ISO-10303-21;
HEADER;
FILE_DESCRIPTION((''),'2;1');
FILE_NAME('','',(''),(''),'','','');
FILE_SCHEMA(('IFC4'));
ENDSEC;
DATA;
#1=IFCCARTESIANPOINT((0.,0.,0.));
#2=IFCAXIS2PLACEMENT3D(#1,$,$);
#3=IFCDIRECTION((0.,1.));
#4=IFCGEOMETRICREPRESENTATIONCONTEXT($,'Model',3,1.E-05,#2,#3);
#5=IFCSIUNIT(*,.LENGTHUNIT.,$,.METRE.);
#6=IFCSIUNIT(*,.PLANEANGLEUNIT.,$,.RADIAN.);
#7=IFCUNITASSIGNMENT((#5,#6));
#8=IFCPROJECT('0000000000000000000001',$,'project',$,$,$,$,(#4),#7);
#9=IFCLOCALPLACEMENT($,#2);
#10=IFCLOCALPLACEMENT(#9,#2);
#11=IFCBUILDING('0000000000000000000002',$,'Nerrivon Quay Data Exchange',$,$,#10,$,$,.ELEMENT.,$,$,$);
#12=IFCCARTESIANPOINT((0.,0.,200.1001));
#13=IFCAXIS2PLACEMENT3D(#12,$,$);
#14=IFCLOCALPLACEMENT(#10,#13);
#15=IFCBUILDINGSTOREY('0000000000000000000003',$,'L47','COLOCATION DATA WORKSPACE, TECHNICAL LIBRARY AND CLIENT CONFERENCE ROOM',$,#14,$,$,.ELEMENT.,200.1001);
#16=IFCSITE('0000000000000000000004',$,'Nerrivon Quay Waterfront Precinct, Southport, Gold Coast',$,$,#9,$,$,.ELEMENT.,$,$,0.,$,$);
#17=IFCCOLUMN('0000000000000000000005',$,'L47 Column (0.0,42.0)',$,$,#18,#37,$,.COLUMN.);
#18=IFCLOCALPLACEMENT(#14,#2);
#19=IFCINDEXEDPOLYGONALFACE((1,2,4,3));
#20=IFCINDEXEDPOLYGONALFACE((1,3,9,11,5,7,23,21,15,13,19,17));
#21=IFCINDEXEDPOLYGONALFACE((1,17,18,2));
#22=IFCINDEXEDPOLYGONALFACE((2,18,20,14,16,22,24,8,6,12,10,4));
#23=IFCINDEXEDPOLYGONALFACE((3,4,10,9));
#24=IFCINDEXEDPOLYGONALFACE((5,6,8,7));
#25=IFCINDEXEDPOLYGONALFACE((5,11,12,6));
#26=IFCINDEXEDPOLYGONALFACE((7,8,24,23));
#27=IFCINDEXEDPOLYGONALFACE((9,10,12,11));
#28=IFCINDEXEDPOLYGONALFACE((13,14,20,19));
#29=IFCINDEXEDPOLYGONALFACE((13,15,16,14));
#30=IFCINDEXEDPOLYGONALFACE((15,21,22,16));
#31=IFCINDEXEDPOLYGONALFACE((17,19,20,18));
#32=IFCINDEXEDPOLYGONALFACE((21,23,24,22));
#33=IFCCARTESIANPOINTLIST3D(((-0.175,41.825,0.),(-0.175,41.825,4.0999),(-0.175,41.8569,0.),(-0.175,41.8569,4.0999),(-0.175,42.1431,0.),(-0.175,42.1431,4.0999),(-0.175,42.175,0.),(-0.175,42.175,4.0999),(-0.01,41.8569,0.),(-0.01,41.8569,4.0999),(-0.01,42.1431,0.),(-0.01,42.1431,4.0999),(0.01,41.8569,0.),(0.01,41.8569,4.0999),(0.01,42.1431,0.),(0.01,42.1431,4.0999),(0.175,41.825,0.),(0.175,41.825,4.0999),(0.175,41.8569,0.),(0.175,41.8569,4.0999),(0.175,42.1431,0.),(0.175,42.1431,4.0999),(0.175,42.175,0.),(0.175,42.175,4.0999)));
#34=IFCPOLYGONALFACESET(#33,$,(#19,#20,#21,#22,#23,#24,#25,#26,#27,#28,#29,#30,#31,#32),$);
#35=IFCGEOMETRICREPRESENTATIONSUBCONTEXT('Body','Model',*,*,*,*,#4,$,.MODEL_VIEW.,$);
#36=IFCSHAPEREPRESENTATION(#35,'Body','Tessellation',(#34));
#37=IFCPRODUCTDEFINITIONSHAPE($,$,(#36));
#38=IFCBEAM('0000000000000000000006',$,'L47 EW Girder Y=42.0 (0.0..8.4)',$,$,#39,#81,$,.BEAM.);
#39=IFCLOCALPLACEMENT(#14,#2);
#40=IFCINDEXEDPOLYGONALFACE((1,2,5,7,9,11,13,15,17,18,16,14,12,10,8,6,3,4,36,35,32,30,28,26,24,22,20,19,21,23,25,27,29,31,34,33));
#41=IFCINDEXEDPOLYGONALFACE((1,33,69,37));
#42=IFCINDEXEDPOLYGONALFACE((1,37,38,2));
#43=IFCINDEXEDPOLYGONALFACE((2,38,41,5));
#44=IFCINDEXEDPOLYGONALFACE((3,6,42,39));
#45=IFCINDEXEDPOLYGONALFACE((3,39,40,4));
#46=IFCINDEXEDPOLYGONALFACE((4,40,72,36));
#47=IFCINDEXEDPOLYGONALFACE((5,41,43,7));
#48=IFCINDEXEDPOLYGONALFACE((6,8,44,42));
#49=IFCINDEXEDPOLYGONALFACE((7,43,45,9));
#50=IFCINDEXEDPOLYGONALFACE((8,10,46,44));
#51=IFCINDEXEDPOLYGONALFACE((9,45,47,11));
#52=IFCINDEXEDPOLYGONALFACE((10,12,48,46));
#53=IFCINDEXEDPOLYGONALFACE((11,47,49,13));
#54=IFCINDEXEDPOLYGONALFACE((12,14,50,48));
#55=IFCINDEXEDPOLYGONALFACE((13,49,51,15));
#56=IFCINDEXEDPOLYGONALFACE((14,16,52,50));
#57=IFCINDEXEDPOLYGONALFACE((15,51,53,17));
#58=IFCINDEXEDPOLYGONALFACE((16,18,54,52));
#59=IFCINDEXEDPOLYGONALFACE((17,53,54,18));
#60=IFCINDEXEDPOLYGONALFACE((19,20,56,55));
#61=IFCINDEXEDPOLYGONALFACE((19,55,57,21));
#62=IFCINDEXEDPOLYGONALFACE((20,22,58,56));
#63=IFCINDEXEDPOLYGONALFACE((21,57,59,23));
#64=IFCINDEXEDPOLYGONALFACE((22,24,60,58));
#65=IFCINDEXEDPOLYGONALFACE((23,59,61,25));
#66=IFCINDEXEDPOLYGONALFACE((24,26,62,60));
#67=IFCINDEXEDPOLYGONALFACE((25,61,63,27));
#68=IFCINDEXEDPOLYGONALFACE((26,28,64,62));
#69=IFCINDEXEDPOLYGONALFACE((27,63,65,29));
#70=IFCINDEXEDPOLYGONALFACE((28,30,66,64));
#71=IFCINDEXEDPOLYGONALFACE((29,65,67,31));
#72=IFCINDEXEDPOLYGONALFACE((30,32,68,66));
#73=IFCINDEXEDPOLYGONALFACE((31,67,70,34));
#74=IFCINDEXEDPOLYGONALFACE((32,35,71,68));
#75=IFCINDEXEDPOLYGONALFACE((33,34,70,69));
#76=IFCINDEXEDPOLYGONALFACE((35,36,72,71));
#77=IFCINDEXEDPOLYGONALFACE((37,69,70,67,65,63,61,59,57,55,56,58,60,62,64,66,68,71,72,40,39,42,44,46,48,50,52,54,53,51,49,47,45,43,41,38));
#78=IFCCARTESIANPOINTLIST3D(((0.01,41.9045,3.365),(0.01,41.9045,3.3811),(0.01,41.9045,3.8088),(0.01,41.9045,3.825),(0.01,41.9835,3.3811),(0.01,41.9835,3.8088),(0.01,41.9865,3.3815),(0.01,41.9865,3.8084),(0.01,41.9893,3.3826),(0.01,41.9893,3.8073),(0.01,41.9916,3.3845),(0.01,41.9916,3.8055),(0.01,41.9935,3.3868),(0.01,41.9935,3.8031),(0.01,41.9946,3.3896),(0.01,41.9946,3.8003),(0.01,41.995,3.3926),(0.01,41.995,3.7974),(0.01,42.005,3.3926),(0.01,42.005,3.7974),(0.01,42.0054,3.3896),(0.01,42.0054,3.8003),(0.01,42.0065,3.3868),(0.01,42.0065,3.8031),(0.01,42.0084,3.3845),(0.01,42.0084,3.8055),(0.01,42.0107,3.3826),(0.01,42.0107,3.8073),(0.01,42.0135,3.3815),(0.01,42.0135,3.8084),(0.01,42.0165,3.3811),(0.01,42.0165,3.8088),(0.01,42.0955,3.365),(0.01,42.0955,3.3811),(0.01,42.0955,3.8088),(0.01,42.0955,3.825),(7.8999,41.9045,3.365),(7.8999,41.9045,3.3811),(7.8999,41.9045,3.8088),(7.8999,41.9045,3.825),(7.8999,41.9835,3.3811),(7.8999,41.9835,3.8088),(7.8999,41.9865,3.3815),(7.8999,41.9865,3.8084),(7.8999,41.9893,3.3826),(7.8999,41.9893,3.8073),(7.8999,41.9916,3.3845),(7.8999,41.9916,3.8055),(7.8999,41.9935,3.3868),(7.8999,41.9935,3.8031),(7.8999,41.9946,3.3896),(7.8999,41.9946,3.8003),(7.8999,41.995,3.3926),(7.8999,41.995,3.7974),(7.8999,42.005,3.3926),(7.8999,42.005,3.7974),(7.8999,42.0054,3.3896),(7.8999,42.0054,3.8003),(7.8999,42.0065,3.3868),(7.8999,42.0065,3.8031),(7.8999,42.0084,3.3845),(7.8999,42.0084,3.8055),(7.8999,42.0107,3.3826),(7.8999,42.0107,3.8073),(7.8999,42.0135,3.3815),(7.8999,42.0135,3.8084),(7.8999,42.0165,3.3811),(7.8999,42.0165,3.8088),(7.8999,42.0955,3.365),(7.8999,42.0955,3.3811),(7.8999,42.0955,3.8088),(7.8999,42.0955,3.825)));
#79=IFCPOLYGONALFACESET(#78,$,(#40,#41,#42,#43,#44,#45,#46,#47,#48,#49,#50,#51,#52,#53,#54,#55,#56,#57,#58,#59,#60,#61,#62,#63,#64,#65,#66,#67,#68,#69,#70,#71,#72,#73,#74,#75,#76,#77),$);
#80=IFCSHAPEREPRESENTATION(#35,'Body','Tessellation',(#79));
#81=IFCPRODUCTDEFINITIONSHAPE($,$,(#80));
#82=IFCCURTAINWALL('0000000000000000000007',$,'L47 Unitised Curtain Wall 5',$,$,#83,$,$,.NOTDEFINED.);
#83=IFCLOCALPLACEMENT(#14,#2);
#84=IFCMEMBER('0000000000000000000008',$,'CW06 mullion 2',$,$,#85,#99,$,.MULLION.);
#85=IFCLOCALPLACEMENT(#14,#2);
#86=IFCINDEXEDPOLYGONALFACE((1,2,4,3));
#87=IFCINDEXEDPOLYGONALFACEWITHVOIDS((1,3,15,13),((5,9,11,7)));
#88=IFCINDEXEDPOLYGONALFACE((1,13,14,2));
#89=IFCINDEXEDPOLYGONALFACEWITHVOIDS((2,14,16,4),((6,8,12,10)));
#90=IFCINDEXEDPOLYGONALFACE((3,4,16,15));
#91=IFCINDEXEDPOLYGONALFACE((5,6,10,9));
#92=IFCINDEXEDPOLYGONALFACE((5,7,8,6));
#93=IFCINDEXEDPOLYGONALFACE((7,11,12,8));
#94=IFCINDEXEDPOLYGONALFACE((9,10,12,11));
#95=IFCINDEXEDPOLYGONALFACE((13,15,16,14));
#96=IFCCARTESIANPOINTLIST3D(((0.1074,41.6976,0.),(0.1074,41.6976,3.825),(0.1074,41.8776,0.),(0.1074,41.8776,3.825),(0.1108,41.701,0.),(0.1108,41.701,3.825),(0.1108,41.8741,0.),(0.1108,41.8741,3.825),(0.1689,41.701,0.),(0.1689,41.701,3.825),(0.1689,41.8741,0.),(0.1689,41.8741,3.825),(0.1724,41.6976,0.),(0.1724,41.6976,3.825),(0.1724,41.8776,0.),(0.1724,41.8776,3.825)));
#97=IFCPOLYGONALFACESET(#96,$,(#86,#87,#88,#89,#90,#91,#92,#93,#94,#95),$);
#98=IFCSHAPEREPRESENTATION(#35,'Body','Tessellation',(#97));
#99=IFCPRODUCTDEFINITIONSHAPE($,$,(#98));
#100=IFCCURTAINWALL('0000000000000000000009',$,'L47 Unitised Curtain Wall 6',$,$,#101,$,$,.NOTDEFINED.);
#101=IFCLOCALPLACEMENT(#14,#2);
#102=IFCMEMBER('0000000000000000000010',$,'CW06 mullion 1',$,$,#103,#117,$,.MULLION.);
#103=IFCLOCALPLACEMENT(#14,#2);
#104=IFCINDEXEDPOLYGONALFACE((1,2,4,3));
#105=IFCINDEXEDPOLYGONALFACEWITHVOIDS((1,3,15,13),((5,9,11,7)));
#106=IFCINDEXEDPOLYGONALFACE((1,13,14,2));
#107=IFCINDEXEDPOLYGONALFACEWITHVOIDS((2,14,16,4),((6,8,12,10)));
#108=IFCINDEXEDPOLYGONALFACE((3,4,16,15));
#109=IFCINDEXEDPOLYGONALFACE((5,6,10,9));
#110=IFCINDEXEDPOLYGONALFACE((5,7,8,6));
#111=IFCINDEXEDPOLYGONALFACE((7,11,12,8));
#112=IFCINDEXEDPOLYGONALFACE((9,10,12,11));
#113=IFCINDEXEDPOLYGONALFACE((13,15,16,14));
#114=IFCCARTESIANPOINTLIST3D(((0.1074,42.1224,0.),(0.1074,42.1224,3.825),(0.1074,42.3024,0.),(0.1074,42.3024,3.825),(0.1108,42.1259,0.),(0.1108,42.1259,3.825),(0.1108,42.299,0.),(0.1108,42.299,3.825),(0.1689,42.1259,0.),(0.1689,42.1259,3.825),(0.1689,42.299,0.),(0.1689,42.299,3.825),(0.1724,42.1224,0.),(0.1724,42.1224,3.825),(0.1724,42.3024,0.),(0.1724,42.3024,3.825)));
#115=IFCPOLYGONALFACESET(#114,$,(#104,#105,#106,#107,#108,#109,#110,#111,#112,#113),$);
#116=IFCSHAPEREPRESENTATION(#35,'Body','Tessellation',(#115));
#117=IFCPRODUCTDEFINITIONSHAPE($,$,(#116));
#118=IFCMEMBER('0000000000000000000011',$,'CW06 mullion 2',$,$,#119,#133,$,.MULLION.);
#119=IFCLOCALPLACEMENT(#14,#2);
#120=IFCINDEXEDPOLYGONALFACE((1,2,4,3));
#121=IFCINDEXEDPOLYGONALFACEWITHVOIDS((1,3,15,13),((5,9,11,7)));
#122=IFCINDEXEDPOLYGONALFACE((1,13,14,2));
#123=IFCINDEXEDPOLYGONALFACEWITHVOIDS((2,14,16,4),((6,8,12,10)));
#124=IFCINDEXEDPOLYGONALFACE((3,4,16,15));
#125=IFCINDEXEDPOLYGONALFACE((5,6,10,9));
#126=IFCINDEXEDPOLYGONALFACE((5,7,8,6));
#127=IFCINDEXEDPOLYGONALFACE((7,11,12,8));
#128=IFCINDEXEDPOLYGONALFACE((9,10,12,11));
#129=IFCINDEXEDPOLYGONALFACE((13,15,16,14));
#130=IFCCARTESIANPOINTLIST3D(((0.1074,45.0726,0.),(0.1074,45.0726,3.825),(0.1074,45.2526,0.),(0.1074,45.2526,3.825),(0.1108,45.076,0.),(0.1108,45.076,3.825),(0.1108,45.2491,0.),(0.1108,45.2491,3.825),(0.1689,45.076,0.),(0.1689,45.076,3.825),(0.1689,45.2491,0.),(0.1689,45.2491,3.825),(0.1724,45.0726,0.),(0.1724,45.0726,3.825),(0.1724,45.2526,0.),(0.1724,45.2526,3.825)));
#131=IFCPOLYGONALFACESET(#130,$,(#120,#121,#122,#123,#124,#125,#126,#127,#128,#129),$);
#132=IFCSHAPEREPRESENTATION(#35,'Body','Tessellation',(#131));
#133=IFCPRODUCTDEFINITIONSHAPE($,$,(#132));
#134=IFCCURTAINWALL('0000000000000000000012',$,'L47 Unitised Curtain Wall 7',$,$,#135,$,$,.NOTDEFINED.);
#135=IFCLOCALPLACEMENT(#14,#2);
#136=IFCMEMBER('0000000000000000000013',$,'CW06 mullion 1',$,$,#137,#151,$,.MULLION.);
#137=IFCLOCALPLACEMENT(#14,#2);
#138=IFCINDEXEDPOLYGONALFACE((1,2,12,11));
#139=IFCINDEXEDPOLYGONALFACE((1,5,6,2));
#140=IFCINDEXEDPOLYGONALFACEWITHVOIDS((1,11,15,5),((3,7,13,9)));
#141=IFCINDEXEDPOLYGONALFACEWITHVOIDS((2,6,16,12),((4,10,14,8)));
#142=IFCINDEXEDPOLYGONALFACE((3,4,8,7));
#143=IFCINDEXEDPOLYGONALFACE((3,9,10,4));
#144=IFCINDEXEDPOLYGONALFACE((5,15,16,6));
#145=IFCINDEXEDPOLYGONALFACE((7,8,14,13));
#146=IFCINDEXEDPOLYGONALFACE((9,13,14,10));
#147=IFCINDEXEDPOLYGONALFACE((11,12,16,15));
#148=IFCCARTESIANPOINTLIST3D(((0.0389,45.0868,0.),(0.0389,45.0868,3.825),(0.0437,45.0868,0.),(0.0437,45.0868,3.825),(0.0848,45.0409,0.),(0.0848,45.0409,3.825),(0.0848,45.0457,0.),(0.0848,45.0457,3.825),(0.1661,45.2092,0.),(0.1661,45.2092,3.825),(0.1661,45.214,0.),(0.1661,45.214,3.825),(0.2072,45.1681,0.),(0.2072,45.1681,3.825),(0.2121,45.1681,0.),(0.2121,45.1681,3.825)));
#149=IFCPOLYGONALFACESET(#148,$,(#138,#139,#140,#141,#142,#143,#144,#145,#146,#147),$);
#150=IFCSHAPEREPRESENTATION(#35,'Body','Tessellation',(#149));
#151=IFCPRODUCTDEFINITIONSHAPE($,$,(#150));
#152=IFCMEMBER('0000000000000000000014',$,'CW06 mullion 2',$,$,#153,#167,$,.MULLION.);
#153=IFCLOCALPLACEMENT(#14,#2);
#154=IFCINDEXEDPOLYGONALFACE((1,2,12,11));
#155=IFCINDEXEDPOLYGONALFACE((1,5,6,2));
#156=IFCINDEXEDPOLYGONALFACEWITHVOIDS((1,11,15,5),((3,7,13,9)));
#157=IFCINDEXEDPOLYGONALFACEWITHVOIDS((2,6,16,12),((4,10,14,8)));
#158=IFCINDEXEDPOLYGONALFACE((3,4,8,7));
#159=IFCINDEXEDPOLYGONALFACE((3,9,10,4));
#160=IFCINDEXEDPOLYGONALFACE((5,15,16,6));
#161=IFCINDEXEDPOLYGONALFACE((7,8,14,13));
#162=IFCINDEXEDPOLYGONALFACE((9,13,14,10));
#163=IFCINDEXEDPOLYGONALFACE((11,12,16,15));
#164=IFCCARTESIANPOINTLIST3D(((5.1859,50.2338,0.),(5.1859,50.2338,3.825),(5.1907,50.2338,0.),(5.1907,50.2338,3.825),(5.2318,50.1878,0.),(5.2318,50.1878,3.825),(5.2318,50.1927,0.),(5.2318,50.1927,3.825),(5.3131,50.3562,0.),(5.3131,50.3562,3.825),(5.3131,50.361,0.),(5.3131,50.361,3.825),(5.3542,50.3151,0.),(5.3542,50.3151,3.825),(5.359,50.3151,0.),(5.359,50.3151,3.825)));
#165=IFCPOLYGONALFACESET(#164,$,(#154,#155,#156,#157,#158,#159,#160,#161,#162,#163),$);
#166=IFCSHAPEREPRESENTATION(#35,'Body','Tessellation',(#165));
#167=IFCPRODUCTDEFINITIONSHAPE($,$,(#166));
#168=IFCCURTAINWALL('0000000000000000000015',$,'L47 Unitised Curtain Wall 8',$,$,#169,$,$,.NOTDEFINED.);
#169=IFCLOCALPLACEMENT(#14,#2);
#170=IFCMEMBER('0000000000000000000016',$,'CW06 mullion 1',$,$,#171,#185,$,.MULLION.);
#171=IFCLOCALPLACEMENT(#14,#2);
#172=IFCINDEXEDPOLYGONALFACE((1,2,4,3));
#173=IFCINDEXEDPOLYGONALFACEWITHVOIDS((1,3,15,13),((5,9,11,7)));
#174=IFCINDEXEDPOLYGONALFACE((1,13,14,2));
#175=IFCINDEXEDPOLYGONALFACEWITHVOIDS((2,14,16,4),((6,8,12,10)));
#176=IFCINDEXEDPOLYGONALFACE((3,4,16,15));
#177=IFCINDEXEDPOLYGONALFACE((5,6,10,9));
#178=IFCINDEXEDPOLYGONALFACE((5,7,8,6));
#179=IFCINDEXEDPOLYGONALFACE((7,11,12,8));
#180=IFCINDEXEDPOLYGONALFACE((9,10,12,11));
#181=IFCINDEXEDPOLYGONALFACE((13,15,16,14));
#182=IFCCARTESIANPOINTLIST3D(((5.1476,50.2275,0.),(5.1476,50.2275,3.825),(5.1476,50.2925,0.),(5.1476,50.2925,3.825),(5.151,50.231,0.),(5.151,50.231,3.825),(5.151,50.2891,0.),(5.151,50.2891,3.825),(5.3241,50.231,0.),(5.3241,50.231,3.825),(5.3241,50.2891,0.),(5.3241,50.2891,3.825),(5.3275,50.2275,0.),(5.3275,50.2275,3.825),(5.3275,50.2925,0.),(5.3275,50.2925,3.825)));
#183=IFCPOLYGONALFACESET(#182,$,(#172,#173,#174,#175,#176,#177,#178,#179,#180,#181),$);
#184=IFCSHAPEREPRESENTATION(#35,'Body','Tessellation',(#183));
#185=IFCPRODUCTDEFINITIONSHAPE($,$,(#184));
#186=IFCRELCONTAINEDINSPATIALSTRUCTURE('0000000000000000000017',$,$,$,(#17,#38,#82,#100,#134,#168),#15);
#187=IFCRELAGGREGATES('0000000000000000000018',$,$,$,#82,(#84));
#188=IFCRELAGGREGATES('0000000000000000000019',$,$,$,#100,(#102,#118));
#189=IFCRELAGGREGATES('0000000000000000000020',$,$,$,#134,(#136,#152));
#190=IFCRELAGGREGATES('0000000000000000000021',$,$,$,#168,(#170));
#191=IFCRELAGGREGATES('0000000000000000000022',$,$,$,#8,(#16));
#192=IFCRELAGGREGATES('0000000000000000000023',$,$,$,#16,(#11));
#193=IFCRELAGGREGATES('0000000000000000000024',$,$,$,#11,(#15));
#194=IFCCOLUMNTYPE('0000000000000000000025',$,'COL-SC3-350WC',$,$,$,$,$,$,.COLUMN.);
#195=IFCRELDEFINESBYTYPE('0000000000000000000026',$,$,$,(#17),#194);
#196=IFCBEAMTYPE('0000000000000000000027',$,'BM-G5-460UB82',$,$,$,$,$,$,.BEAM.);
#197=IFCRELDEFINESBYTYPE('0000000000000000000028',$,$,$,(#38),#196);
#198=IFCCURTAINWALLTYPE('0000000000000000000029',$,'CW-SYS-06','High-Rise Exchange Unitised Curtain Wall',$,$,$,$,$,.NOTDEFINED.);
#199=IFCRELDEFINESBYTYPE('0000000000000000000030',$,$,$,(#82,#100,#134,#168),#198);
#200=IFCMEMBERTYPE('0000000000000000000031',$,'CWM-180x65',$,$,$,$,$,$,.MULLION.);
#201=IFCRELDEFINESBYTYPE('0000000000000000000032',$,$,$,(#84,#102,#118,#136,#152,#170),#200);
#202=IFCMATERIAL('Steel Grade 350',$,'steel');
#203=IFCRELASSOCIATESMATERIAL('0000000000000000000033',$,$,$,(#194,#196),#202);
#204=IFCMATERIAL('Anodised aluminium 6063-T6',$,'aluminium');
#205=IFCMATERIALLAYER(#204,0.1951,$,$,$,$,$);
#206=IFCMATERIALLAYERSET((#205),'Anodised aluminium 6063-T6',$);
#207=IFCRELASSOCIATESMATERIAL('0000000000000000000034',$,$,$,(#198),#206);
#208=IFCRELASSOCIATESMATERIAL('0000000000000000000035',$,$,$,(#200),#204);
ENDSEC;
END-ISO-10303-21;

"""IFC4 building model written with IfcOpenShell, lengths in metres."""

from ifc_helpers import new_model, si_unit, direction, frame, origin, origin_2d, place, context, subcontext, project, spatial, hollow_rectangle, i_section, extrude, material, layer, layer_set, material_profile, profile_set, type_object, element, aggregate, save


model = new_model("IFC4")

# Units and contexts
model_context = context("Model", 3, precision=1e-05, world=origin(), true_north=direction((0.0, 1.0)))
body_context = subcontext(model_context, "Body", "Model", "MODEL_VIEW")
ifc_project = project(units=[si_unit("LENGTHUNIT", "METRE"), si_unit("PLANEANGLEUNIT", "RADIAN")], contexts=[model_context])

# Site, building, storey
site_placement = place(None, origin())
site = spatial("IfcSite", under=ifc_project, at=site_placement, Name="Nerrivon Quay Waterfront Precinct, Southport, Gold Coast", CompositionType="ELEMENT", RefElevation=0.0)
building_placement = place(site_placement, origin())
building = spatial("IfcBuilding", under=site, at=building_placement, Name="Nerrivon Quay Data Exchange", CompositionType="ELEMENT")
storey_placement = place(building_placement, frame((0.0, 0.0, 200.1001)))
storey = spatial("IfcBuildingStorey", under=building, at=storey_placement, Name="L47", Description="COLOCATION DATA WORKSPACE, TECHNICAL LIBRARY AND CLIENT CONFERENCE ROOM", CompositionType="ELEMENT", Elevation=200.1001)

# Column
ifc_material_1 = material(Name="Steel Grade 350", Category="steel")
ifc_material_profile_1 = material_profile(ifc_material_1, i_section(OverallWidth=0.3501, OverallDepth=0.3501, WebThickness=0.02, FlangeThickness=0.032, at=origin_2d()), Name="350WC230")
ifc_profile_set_1 = profile_set([ifc_material_profile_1], Name="Steel Grade 350")
column_type = type_object("IfcColumnType", Name="COL-SC3-350WC", PredefinedType="COLUMN", material=ifc_profile_set_1)
column_placement = place(storey_placement, frame((0.0, 42.0, 0.0), z_axis=(0.0, 0.0, 1.0), x_axis=(1.0, 0.0, 0.0)))
element("IfcColumn", 1, at=column_placement, inside=storey, type_object=column_type, Name="L47 Column (0.0,42.0)", PredefinedType="COLUMN", context=body_context, shape_type="SweptSolid", body=[
    extrude(i_section(OverallWidth=0.3501, OverallDepth=0.3501, WebThickness=0.02, FlangeThickness=0.032, at=origin_2d()), origin(), (0.0, 0.0, 1.0), 4.0999),
])

# Beam
ifc_material_profile_2 = material_profile(ifc_material_1, i_section(OverallWidth=0.1909, OverallDepth=0.46, WebThickness=0.01, FlangeThickness=0.0161, FilletRadius=0.0115, at=origin_2d()), Name="460UB82.1")
ifc_profile_set_2 = profile_set([ifc_material_profile_2], Name="Steel Grade 350")
beam_type = type_object("IfcBeamType", Name="BM-G5-460UB82", PredefinedType="BEAM", material=ifc_profile_set_2)
beam_placement = place(storey_placement, frame((0.01, 42.0, 3.595), z_axis=(1.0, 0.0, 0.0), x_axis=(0.0, 1.0, 0.0)))
element("IfcBeam", 2, at=beam_placement, inside=storey, type_object=beam_type, Name="L47 EW Girder Y=42.0 (0.0..8.4)", PredefinedType="BEAM", context=body_context, shape_type="SweptSolid", body=[
    extrude(i_section(OverallWidth=0.1909, OverallDepth=0.46, WebThickness=0.01, FlangeThickness=0.0161, FilletRadius=0.0115, at=origin_2d()), origin(), (0.0, 0.0, 1.0), 7.8899),
])

# Curtain wall, member
ifc_material_2 = material(Name="Anodised aluminium 6063-T6", Category="aluminium")
ifc_layer_1 = layer(ifc_material_2, 0.1951)
ifc_layer_set_1 = layer_set([ifc_layer_1], Name="Anodised aluminium 6063-T6")
curtain_wall_type = type_object("IfcCurtainWallType", Name="CW-SYS-06", Description="High-Rise Exchange Unitised Curtain Wall", PredefinedType="NOTDEFINED", material=ifc_layer_set_1)
curtain_wall_1_placement = place(storey_placement, origin())
curtain_wall_1 = element("IfcCurtainWall", 3, at=curtain_wall_1_placement, inside=storey, type_object=curtain_wall_type, Name="L47 Unitised Curtain Wall 5", PredefinedType="NOTDEFINED")
ifc_material_profile_3 = material_profile(ifc_material_2, hollow_rectangle(XDim=0.0649, YDim=0.1799, WallThickness=0.0034, at=origin_2d()), Name="ALU-MULL-180x65")
ifc_profile_set_3 = profile_set([ifc_material_profile_3], Name="Anodised aluminium 6063-T6")
member_type_1 = type_object("IfcMemberType", Name="CWM-180x65", PredefinedType="MULLION", material=ifc_profile_set_3)
member_1_placement = place(storey_placement, frame((0.1399, 41.7876, 0.0), z_axis=(0.0, 0.0, 1.0), x_axis=(-1.0, 0.0, 0.0)))
member_1 = element("IfcMember", 4, at=member_1_placement, type_object=member_type_1, Name="CW06 mullion 2", PredefinedType="MULLION", context=body_context, shape_type="SweptSolid", body=[
    extrude(hollow_rectangle(XDim=0.0649, YDim=0.1799, WallThickness=0.0034, at=origin_2d()), origin(), (0.0, 0.0, 1.0), 3.825),
])

# Curtain walls, members
curtain_wall_2_placement = place(storey_placement, origin())
curtain_wall_2 = element("IfcCurtainWall", 5, at=curtain_wall_2_placement, inside=storey, type_object=curtain_wall_type, Name="L47 Unitised Curtain Wall 6", PredefinedType="NOTDEFINED")
member_2_placement = place(storey_placement, frame((0.1399, 42.2124, 0.0), z_axis=(0.0, 0.0, 1.0), x_axis=(-1.0, 0.0, 0.0)))
member_2 = element("IfcMember", 6, at=member_2_placement, type_object=member_type_1, Name="CW06 mullion 1", PredefinedType="MULLION", context=body_context, shape_type="SweptSolid", body=[
    extrude(hollow_rectangle(XDim=0.0649, YDim=0.1799, WallThickness=0.0034, at=origin_2d()), origin(), (0.0, 0.0, 1.0), 3.825),
])
member_3_placement = place(storey_placement, frame((0.1399, 45.1626, 0.0), z_axis=(0.0, 0.0, 1.0), x_axis=(-1.0, 0.0, 0.0)))
member_3 = element("IfcMember", 7, at=member_3_placement, type_object=member_type_1, Name="CW06 mullion 2", PredefinedType="MULLION", context=body_context, shape_type="SweptSolid", body=[
    extrude(hollow_rectangle(XDim=0.0649, YDim=0.1799, WallThickness=0.0034, at=origin_2d()), origin(), (0.0, 0.0, 1.0), 3.825),
])
curtain_wall_3_placement = place(storey_placement, origin())
curtain_wall_3 = element("IfcCurtainWall", 8, at=curtain_wall_3_placement, inside=storey, type_object=curtain_wall_type, Name="L47 Unitised Curtain Wall 7", PredefinedType="NOTDEFINED")
member_4_placement = place(storey_placement, frame((0.1255, 45.1274, 0.0), z_axis=(0.0, 0.0, 1.0), x_axis=(-0.707107, 0.707107, 0.0)))
member_4 = element("IfcMember", 9, at=member_4_placement, type_object=member_type_1, Name="CW06 mullion 1", PredefinedType="MULLION", context=body_context, shape_type="SweptSolid", body=[
    extrude(hollow_rectangle(XDim=0.0649, YDim=0.1799, WallThickness=0.0034, at=origin_2d()), origin(), (0.0, 0.0, 1.0), 3.825),
])
member_5_placement = place(storey_placement, frame((5.2725, 50.2744, 0.0), z_axis=(0.0, 0.0, 1.0), x_axis=(-0.707107, 0.707107, 0.0)))
member_5 = element("IfcMember", 10, at=member_5_placement, type_object=member_type_1, Name="CW06 mullion 2", PredefinedType="MULLION", context=body_context, shape_type="SweptSolid", body=[
    extrude(hollow_rectangle(XDim=0.0649, YDim=0.1799, WallThickness=0.0034, at=origin_2d()), origin(), (0.0, 0.0, 1.0), 3.825),
])

# Curtain wall, member
curtain_wall_4_placement = place(storey_placement, origin())
curtain_wall_4 = element("IfcCurtainWall", 11, at=curtain_wall_4_placement, inside=storey, type_object=curtain_wall_type, Name="L47 Unitised Curtain Wall 8", PredefinedType="NOTDEFINED")
member_6_placement = place(storey_placement, frame((5.2375, 50.26, 0.0), z_axis=(0.0, 0.0, 1.0), x_axis=(0.0, 1.0, 0.0)))
member_6 = element("IfcMember", 12, at=member_6_placement, type_object=member_type_1, Name="CW06 mullion 1", PredefinedType="MULLION", context=body_context, shape_type="SweptSolid", body=[
    extrude(hollow_rectangle(XDim=0.0649, YDim=0.1799, WallThickness=0.0034, at=origin_2d()), origin(), (0.0, 0.0, 1.0), 3.825),
])

aggregate(curtain_wall_1, [member_1])
aggregate(curtain_wall_2, [member_2, member_3])
aggregate(curtain_wall_3, [member_4, member_5])
aggregate(curtain_wall_4, [member_6])

save(model, "model.ifc")
